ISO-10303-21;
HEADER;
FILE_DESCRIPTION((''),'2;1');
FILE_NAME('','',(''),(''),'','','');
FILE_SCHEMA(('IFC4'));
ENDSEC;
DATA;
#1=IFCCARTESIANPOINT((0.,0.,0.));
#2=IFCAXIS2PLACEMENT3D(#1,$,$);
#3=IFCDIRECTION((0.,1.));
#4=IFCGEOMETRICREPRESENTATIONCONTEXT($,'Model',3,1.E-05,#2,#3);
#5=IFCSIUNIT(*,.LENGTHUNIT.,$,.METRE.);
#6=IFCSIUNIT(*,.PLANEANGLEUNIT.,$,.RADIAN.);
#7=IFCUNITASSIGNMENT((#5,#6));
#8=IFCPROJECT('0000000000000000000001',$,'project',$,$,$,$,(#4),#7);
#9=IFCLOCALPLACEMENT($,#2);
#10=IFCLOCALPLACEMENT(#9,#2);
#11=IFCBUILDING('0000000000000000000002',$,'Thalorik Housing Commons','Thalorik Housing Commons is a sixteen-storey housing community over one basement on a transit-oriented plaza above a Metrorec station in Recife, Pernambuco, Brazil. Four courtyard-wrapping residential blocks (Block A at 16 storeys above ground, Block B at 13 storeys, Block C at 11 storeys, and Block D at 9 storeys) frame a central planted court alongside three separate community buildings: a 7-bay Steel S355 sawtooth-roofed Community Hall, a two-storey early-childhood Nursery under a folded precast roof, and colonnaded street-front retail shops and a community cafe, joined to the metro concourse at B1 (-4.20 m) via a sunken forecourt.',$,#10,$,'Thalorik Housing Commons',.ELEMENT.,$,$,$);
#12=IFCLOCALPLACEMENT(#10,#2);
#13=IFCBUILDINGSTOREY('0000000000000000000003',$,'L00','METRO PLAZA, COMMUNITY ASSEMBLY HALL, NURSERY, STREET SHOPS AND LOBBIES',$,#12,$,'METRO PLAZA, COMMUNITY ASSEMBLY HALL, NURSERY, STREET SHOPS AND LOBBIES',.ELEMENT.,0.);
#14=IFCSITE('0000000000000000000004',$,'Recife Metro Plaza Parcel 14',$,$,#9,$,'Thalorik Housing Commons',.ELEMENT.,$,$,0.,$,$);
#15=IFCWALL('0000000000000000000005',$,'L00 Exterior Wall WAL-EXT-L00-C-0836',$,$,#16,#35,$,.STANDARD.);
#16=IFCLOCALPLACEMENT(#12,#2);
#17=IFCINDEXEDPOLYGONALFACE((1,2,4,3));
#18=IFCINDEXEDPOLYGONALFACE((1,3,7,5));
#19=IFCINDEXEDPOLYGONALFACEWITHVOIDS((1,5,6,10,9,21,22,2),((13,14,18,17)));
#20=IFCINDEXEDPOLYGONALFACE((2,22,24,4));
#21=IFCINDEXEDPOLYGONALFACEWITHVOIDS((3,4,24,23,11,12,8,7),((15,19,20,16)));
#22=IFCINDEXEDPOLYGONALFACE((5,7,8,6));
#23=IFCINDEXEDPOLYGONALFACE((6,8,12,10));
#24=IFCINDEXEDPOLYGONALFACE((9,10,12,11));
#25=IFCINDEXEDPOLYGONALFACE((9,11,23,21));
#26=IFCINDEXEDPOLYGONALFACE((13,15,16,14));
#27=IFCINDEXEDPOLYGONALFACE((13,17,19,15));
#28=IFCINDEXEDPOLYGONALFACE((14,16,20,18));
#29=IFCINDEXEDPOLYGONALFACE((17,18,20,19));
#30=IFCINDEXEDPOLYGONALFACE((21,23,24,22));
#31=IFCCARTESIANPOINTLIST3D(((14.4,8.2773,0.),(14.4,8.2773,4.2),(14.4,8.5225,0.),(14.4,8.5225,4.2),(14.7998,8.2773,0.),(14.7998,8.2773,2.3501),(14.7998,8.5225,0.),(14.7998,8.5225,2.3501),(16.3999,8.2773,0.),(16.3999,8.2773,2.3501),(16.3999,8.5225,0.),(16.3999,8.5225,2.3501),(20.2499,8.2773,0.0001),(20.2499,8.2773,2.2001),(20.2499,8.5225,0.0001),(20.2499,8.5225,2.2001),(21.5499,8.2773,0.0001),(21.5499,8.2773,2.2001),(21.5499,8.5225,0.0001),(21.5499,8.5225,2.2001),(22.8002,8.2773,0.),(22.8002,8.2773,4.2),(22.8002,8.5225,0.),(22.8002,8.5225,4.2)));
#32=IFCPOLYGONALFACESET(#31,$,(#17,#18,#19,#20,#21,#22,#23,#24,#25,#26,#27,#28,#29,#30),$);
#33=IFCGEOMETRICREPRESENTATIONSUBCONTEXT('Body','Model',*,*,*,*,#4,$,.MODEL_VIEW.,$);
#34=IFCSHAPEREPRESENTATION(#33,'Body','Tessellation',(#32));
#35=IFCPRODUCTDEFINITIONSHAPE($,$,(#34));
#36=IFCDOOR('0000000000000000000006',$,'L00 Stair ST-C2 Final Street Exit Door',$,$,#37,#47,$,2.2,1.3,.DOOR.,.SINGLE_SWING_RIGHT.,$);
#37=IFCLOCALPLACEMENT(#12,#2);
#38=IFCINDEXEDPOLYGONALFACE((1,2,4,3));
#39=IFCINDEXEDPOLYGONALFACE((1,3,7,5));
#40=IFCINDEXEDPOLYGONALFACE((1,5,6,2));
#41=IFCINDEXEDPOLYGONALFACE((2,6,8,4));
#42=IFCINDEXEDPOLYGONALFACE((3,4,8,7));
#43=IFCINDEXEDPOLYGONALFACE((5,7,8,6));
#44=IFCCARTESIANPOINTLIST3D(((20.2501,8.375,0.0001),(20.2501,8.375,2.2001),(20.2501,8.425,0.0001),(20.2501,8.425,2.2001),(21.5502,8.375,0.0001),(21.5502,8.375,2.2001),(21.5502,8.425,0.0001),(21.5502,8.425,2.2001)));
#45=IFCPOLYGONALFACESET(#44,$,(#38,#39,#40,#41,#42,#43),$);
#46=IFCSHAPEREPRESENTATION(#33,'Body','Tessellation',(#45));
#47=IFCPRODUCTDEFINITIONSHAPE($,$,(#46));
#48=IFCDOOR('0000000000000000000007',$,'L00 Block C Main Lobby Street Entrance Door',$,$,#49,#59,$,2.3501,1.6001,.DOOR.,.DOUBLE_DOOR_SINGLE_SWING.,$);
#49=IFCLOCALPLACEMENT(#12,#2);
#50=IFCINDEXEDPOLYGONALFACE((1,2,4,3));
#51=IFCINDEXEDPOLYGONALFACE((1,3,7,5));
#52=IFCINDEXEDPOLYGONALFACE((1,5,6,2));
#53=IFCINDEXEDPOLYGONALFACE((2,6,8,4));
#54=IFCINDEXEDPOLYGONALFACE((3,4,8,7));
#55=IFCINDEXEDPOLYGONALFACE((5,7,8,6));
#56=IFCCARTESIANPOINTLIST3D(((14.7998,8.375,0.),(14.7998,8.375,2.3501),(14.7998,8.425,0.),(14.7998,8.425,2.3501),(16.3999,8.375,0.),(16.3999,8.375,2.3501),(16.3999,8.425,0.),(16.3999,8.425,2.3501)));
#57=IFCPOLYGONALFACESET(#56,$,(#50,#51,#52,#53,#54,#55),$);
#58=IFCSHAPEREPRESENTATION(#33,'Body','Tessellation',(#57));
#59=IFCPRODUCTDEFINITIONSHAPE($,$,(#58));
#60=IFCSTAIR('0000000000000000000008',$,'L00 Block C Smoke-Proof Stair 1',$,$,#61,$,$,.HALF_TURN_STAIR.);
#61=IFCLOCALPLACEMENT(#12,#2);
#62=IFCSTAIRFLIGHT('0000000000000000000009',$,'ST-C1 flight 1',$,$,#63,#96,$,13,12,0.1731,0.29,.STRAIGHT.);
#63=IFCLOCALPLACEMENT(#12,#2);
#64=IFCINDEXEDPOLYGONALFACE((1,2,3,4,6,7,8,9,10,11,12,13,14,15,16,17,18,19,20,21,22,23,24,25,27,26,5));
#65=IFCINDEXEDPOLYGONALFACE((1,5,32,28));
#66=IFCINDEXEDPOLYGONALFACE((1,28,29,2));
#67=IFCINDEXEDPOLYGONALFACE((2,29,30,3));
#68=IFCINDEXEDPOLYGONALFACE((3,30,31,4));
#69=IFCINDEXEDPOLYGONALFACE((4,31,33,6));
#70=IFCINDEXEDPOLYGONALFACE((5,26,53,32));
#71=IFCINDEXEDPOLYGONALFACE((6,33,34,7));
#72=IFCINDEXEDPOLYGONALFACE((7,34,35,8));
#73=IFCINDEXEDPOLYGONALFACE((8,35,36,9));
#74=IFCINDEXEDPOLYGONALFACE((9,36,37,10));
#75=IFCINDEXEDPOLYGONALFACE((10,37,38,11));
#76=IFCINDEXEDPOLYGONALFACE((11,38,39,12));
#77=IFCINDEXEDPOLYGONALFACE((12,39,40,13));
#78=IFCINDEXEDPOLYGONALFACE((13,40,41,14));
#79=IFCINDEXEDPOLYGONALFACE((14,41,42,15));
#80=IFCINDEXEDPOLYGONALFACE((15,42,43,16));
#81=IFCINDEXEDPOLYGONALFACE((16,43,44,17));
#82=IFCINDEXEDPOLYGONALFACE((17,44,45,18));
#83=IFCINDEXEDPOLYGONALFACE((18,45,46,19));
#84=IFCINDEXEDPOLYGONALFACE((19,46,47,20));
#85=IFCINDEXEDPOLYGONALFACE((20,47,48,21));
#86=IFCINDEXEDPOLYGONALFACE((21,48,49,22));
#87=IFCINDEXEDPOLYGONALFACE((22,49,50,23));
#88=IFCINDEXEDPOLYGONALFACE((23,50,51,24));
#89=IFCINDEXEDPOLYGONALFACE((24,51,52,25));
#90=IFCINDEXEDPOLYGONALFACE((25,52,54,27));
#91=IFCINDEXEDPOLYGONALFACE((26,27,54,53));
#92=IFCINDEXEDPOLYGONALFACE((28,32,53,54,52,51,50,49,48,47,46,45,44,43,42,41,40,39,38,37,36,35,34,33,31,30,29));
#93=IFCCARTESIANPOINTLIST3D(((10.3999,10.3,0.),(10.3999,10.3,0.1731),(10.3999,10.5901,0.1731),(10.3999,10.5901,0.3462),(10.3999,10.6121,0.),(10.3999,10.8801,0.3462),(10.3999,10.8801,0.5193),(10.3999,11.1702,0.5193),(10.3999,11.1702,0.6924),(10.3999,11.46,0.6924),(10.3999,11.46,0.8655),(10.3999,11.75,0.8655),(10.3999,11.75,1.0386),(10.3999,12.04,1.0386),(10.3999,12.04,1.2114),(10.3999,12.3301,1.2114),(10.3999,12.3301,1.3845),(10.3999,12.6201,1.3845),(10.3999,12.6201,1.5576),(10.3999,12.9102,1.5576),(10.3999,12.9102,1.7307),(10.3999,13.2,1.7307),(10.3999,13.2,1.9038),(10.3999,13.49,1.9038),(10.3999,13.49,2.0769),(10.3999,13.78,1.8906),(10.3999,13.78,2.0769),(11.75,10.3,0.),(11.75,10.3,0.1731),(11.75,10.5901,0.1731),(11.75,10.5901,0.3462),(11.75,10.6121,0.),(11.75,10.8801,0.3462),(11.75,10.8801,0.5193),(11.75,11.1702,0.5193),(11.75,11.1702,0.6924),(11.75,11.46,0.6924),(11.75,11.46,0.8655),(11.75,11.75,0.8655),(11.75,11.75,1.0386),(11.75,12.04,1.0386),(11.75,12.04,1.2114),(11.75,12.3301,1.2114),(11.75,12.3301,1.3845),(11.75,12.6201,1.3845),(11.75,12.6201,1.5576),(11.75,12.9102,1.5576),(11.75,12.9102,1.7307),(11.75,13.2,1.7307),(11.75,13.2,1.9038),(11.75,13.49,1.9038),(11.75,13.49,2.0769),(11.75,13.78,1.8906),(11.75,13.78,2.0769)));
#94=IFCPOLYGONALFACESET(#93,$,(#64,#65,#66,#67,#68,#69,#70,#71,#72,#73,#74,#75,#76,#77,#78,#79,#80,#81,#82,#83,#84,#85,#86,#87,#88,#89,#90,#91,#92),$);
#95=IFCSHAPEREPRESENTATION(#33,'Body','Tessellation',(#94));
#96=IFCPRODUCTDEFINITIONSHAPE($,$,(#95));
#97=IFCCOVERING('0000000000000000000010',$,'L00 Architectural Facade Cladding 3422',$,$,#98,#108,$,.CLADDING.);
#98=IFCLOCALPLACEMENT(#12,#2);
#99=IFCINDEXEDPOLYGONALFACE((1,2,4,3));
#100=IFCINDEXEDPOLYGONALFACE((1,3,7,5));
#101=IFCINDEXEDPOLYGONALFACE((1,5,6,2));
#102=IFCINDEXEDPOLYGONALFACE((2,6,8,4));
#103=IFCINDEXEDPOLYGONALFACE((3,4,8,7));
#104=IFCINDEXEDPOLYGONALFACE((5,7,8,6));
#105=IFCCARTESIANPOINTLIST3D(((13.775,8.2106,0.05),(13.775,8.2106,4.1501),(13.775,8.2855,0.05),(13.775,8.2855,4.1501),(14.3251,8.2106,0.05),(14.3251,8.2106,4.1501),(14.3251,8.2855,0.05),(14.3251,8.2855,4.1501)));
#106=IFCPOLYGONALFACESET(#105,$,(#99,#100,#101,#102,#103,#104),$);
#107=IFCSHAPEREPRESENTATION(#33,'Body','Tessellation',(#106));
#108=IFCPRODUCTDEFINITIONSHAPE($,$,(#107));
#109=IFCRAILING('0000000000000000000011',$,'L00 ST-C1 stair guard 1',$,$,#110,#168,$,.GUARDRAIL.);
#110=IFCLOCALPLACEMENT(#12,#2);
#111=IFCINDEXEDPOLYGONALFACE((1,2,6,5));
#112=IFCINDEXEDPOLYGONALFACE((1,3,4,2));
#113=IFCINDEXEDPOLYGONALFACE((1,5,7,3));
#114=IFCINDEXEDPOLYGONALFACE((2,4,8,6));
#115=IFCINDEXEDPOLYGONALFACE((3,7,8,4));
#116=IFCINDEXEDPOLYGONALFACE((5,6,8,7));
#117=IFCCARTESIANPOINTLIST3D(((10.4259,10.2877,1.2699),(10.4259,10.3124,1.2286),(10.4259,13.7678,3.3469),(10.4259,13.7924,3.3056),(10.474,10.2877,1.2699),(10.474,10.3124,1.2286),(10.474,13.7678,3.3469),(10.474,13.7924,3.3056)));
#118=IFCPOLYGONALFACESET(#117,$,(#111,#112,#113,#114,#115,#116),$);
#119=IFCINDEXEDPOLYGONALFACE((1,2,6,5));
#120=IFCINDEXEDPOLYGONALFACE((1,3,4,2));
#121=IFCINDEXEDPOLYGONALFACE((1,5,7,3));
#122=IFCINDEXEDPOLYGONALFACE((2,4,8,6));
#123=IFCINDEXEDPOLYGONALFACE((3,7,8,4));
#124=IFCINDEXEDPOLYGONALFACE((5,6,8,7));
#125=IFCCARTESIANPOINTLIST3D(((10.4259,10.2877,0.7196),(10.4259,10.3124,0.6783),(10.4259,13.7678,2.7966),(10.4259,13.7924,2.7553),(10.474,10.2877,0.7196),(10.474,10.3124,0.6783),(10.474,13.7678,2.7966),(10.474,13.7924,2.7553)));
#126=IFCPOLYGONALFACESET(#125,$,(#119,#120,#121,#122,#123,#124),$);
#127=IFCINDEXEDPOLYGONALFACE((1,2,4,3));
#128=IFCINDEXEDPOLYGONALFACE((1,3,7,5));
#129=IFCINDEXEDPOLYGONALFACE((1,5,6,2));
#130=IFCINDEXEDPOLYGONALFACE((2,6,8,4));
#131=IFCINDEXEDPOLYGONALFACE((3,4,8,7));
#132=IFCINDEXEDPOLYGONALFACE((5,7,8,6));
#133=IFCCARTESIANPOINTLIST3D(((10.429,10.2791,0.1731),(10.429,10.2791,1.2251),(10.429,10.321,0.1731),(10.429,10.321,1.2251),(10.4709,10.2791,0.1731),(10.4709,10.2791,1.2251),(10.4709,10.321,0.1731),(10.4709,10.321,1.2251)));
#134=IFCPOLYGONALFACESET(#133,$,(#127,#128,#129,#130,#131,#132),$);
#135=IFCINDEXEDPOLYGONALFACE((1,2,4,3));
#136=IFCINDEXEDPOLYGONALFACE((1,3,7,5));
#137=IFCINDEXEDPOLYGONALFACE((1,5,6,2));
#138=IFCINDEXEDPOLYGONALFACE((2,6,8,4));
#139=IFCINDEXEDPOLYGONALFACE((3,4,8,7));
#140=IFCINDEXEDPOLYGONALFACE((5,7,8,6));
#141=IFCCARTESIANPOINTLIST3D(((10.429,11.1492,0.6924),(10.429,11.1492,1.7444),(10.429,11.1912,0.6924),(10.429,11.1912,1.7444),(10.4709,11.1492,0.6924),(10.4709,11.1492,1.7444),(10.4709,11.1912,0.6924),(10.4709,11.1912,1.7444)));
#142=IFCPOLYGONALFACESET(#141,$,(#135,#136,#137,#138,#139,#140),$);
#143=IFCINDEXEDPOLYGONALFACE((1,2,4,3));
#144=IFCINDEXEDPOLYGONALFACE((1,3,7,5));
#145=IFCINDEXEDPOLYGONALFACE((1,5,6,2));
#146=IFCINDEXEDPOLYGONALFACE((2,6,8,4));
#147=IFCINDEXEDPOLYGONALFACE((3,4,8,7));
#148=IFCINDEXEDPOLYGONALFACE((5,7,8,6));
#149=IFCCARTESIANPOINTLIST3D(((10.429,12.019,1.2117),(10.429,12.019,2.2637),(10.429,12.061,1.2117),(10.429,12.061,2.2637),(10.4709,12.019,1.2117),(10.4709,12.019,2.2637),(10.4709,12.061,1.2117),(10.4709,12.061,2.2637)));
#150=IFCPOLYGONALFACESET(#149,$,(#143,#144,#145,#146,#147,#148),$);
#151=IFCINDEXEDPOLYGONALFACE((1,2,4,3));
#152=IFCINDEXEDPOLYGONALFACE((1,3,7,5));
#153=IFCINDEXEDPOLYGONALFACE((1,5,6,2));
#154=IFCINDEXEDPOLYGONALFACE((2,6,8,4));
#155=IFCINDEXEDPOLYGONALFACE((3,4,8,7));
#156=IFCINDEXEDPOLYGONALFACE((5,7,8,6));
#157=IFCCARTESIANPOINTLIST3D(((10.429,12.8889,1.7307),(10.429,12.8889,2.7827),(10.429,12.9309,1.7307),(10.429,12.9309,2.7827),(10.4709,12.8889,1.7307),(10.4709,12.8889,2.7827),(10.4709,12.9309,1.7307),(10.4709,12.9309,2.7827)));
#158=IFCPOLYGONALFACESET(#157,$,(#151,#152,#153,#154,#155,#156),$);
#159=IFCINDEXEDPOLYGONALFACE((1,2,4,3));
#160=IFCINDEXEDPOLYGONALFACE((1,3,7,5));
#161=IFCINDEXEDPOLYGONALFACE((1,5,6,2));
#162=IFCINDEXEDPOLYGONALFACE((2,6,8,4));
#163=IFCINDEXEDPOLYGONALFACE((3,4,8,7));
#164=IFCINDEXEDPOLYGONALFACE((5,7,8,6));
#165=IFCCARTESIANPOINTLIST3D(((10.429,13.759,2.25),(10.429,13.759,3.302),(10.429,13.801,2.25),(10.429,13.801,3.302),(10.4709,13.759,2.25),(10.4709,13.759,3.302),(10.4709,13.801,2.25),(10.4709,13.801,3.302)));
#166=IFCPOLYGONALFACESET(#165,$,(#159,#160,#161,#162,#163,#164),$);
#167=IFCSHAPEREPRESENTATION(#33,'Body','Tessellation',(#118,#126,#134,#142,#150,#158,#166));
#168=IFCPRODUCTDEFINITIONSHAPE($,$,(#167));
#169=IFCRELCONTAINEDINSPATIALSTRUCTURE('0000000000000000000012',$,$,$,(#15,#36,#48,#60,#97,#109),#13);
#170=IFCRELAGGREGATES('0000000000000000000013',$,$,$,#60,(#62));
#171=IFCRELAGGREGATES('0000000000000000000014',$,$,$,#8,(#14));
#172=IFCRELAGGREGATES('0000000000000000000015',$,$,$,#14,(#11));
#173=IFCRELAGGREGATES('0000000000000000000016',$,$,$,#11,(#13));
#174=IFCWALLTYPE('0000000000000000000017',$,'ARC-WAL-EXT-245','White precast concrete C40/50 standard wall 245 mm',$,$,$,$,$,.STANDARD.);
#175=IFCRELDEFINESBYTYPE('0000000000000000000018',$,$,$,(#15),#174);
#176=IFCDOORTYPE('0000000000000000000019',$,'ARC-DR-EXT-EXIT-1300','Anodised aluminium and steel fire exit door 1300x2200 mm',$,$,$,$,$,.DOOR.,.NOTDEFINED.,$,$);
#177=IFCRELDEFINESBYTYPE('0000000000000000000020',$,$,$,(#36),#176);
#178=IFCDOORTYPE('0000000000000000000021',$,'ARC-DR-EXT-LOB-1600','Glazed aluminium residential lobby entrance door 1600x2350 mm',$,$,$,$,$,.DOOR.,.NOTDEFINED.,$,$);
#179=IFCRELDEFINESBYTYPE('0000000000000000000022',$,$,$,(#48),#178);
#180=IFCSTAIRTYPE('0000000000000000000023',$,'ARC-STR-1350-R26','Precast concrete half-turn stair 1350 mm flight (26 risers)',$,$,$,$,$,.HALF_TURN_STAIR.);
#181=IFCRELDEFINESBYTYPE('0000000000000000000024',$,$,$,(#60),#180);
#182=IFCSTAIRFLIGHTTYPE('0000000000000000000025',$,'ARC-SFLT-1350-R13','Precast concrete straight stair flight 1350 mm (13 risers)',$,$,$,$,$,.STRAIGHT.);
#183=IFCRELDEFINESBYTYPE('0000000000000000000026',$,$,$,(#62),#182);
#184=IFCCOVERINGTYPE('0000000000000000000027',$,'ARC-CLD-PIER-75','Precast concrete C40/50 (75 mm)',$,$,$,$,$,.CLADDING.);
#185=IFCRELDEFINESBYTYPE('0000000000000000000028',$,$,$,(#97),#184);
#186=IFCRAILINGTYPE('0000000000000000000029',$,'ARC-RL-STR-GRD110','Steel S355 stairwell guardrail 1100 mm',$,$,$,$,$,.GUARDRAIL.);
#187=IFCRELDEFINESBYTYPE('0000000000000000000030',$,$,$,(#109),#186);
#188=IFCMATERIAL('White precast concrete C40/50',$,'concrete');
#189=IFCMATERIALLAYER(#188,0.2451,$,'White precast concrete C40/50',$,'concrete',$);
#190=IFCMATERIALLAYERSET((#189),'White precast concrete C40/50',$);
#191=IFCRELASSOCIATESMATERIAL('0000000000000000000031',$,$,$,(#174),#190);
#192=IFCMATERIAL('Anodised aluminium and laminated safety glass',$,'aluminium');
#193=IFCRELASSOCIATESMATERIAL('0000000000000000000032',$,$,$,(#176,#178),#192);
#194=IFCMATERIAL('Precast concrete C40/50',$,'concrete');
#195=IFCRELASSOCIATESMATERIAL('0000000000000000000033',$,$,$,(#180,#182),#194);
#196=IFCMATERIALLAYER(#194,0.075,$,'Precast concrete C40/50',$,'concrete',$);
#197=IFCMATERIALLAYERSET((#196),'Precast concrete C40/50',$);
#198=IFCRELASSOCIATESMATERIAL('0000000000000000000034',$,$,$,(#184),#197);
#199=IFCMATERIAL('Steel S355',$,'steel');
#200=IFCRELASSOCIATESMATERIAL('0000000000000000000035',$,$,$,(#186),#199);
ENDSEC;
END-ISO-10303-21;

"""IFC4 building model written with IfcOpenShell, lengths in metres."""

from ifc_helpers import new_model, si_unit, direction, frame, frame_2d, origin, origin_2d, place, context, subcontext, project, spatial, polyline, rectangle, outline, extrude, material, layer, layer_set, type_object, element, fill, aggregate, save


model = new_model("IFC4")

# Units and contexts
model_context = context("Model", 3, precision=1e-05, world=origin(), true_north=direction((0.0, 1.0)))
body_context = subcontext(model_context, "Body", "Model", "MODEL_VIEW")
ifc_project = project(units=[si_unit("LENGTHUNIT", "METRE"), si_unit("PLANEANGLEUNIT", "RADIAN")], contexts=[model_context])

# Site, building, storey
site_placement = place(None, origin())
site = spatial("IfcSite", under=ifc_project, at=site_placement, Name="Recife Metro Plaza Parcel 14", LongName="Thalorik Housing Commons", CompositionType="ELEMENT", RefElevation=0.0)
building_placement = place(site_placement, origin())
building = spatial("IfcBuilding", under=site, at=building_placement, Name="Thalorik Housing Commons", Description="Thalorik Housing Commons is a sixteen-storey housing community over one basement on a transit-oriented plaza above a Metrorec station in Recife, Pernambuco, Brazil. Four courtyard-wrapping residential blocks (Block A at 16 storeys above ground, Block B at 13 storeys, Block C at 11 storeys, and Block D at 9 storeys) frame a central planted court alongside three separate community buildings: a 7-bay Steel S355 sawtooth-roofed Community Hall, a two-storey early-childhood Nursery under a folded precast roof, and colonnaded street-front retail shops and a community cafe, joined to the metro concourse at B1 (-4.20 m) via a sunken forecourt.", LongName="Thalorik Housing Commons", CompositionType="ELEMENT")
storey_placement = place(building_placement, origin())
storey = spatial("IfcBuildingStorey", under=building, at=storey_placement, Name="L00", Description="METRO PLAZA, COMMUNITY ASSEMBLY HALL, NURSERY, STREET SHOPS AND LOBBIES", LongName="METRO PLAZA, COMMUNITY ASSEMBLY HALL, NURSERY, STREET SHOPS AND LOBBIES", CompositionType="ELEMENT", Elevation=0.0)

# Shared definitions
ifc_material_1 = material(Name="Precast concrete C40/50", Category="concrete")

# Shared definitions
ifc_material_2 = material(Name="Steel S355", Category="steel")

# Shared definitions
ifc_material_3 = material(Name="White precast concrete C40/50", Category="concrete")
ifc_layer_1 = layer(ifc_material_3, 0.2451, Name="White precast concrete C40/50", Category="concrete")
ifc_layer_set_1 = layer_set([ifc_layer_1], Name="White precast concrete C40/50")
wall_type_1 = type_object("IfcWallType", Name="ARC-WAL-EXT-245", Description="White precast concrete C40/50 standard wall 245 mm", PredefinedType="STANDARD", material=ifc_layer_set_1)
ifc_material_4 = material(Name="Anodised aluminium and laminated safety glass", Category="aluminium")

# Wall, openings, doors
wall_1_placement = place(storey_placement, frame((14.3999, 8.3999, 0.0), z_axis=(0.0, 0.0, 1.0), x_axis=(1.0, 0.0, 0.0)))
wall_1 = element("IfcWall", 1, at=wall_1_placement, inside=storey, type_object=wall_type_1, Name="L00 Exterior Wall WAL-EXT-L00-C-0836", PredefinedType="STANDARD", context=body_context, shape_type="SweptSolid", body=[
    extrude(rectangle(XDim=8.4001, YDim=0.2451, at=frame_2d((4.2002, 0.0))), origin(), (0.0, 0.0, 1.0), 4.2),
])
opening_1_placement = place(wall_1_placement, frame((0.3999, 0.0, 0.0)))
opening_1 = element("IfcOpeningElement", 2, at=opening_1_placement, cuts=wall_1, PredefinedType="OPENING", context=body_context, shape_type="SweptSolid", body=[
    extrude(rectangle(XDim=1.6001, YDim=2.3501, at=frame_2d((0.8, 1.175))), frame((0.0, 0.1326, 0.0), z_axis=(0.0, -1.0, 0.0), x_axis=(1.0, 0.0, 0.0)), (0.0, 0.0, 1.0), 0.2651),
])
opening_2_placement = place(wall_1_placement, frame((5.8501, 0.0, 0.0)))
opening_2 = element("IfcOpeningElement", 3, at=opening_2_placement, cuts=wall_1, PredefinedType="OPENING", context=body_context, shape_type="SweptSolid", body=[
    extrude(rectangle(XDim=1.3, YDim=2.2, at=frame_2d((0.6499, 1.1001))), frame((0.0, 0.1326, 0.0), z_axis=(0.0, -1.0, 0.0), x_axis=(1.0, 0.0, 0.0)), (0.0, 0.0, 1.0), 0.2651),
])
door_type_1 = type_object("IfcDoorType", Name="ARC-DR-EXT-EXIT-1300", Description="Anodised aluminium and steel fire exit door 1300x2200 mm", OperationType="NOTDEFINED", PredefinedType="DOOR", material=ifc_material_4)
door_1_placement = place(opening_2_placement, frame((1.3, 0.0, 0.0), z_axis=(0.0, 0.0, 1.0), x_axis=(-1.0, 0.0, 0.0)))
door_1 = element("IfcDoor", 4, at=door_1_placement, inside=storey, type_object=door_type_1, Name="L00 Stair ST-C2 Final Street Exit Door", OperationType="SINGLE_SWING_RIGHT", OverallHeight=2.2, OverallWidth=1.3, PredefinedType="DOOR", context=body_context, shape_type="SweptSolid", body=[
    extrude(rectangle(XDim=1.3, YDim=2.2, at=frame_2d((0.6499, 1.1001))), frame((0.0, 0.0249, 0.0), z_axis=(0.0, -1.0, 0.0), x_axis=(1.0, 0.0, 0.0)), (0.0, 0.0, 1.0), 0.05),
])
fill(opening_2, door_1)
door_type_2 = type_object("IfcDoorType", Name="ARC-DR-EXT-LOB-1600", Description="Glazed aluminium residential lobby entrance door 1600x2350 mm", OperationType="NOTDEFINED", PredefinedType="DOOR", material=ifc_material_4)
door_2_placement = place(opening_1_placement, frame((1.6001, 0.0, 0.0), z_axis=(0.0, 0.0, 1.0), x_axis=(-1.0, 0.0, 0.0)))
door_2 = element("IfcDoor", 5, at=door_2_placement, inside=storey, type_object=door_type_2, Name="L00 Block C Main Lobby Street Entrance Door", OperationType="DOUBLE_DOOR_SINGLE_SWING", OverallHeight=2.3501, OverallWidth=1.6001, PredefinedType="DOOR", context=body_context, shape_type="SweptSolid", body=[
    extrude(rectangle(XDim=1.6001, YDim=2.3501, at=frame_2d((0.8, 1.175))), frame((0.0, 0.0249, 0.0), z_axis=(0.0, -1.0, 0.0), x_axis=(1.0, 0.0, 0.0)), (0.0, 0.0, 1.0), 0.05),
])
fill(opening_1, door_2)

# Stair, stair flight
stair_type = type_object("IfcStairType", Name="ARC-STR-1350-R26", Description="Precast concrete half-turn stair 1350 mm flight (26 risers)", PredefinedType="HALF_TURN_STAIR", material=ifc_material_1)
stair_placement = place(storey_placement, origin())
stair = element("IfcStair", 6, at=stair_placement, inside=storey, type_object=stair_type, Name="L00 Block C Smoke-Proof Stair 1", PredefinedType="HALF_TURN_STAIR")
stair_flight_type = type_object("IfcStairFlightType", Name="ARC-SFLT-1350-R13", Description="Precast concrete straight stair flight 1350 mm (13 risers)", PredefinedType="STRAIGHT", material=ifc_material_1)
stair_flight_placement = place(storey_placement, frame((11.075, 10.3, 0.0), z_axis=(0.0, 0.0, 1.0), x_axis=(0.0, 1.0, 0.0)))
stair_flight = element("IfcStairFlight", 7, at=stair_flight_placement, type_object=stair_flight_type, Name="ST-C1 flight 1", NumberOfRisers=13, NumberOfTreads=12, PredefinedType="STRAIGHT", RiserHeight=0.1731, TreadLength=0.29, context=body_context, shape_type="SweptSolid", body=[
    extrude(outline(polyline([(0.0, 0.0), (0.0, 0.1731), (0.29, 0.1731), (0.29, 0.3462), (0.5801, 0.3462), (0.5801, 0.5193), (0.8701, 0.5193), (0.8701, 0.6924), (1.1599, 0.6924), (1.1599, 0.8655), (1.45, 0.8655), (1.45, 1.0386), (1.74, 1.0386), (1.74, 1.2114), (2.03, 1.2114), (2.03, 1.3845), (2.3201, 1.3845), (2.3201, 1.5576), (2.6101, 1.5576), (2.6101, 1.7307), (2.8999, 1.7307), (2.8999, 1.9038), (3.1899, 1.9038), (3.1899, 2.0769), (3.48, 2.0769), (3.48, 2.25), (3.48, 1.8906), (0.312, 0.0), (0.0, 0.0)])), frame((0.0, 0.675, 0.0), z_axis=(0.0, -1.0, 0.0), x_axis=(1.0, 0.0, 0.0)), (0.0, 0.0, 1.0), 1.3501),
])
aggregate(stair, [stair_flight])

# Covering
ifc_layer_2 = layer(ifc_material_1, 0.075, Name="Precast concrete C40/50", Category="concrete")
ifc_layer_set_2 = layer_set([ifc_layer_2], Name="Precast concrete C40/50")
covering_type = type_object("IfcCoveringType", Name="ARC-CLD-PIER-75", Description="Precast concrete C40/50 (75 mm)", PredefinedType="CLADDING", material=ifc_layer_set_2)
covering_placement = place(storey_placement, frame((14.05, 8.248, 0.05), z_axis=(0.0, 0.0, 1.0), x_axis=(1.0, 0.0, 0.0)))
element("IfcCovering", 8, at=covering_placement, inside=storey, type_object=covering_type, Name="L00 Architectural Facade Cladding 3422", PredefinedType="CLADDING", context=body_context, shape_type="SweptSolid", body=[
    extrude(rectangle(XDim=0.55, YDim=0.075, at=origin_2d()), origin(), (0.0, 0.0, 1.0), 4.1001),
])

# Railing
railing_type_1 = type_object("IfcRailingType", Name="ARC-RL-STR-GRD110", Description="Steel S355 stairwell guardrail 1100 mm", PredefinedType="GUARDRAIL", material=ifc_material_2)
railing_1_placement = place(storey_placement, frame((10.45, 10.3, 0.1731)))
element("IfcRailing", 9, at=railing_1_placement, inside=storey, type_object=railing_type_1, Name="L00 ST-C1 stair guard 1", PredefinedType="GUARDRAIL", context=body_context, shape_type="SweptSolid", body=[
    extrude(rectangle(XDim=0.0481, YDim=0.0481, at=origin_2d()), frame((0.0, 0.0, 1.0762), z_axis=(0.0, 0.858697, 0.512483), x_axis=(-1.0, 0.0, 0.0)), (0.0, 0.0, 1.0), 4.0527),
    extrude(rectangle(XDim=0.0481, YDim=0.0481, at=origin_2d()), frame((0.0, 0.0, 0.5259), z_axis=(0.0, 0.858697, 0.512483), x_axis=(-1.0, 0.0, 0.0)), (0.0, 0.0, 1.0), 4.0527),
    extrude(rectangle(XDim=0.042, YDim=0.042, at=origin_2d()), origin(), (0.0, 0.0, 1.0), 1.052),
    extrude(rectangle(XDim=0.042, YDim=0.042, at=origin_2d()), frame((0.0, 0.8701, 0.5193)), (0.0, 0.0, 1.0), 1.052),
    extrude(rectangle(XDim=0.042, YDim=0.042, at=origin_2d()), frame((0.0, 1.74, 1.0386)), (0.0, 0.0, 1.0), 1.052),
    extrude(rectangle(XDim=0.042, YDim=0.042, at=origin_2d()), frame((0.0, 2.6099, 1.5576)), (0.0, 0.0, 1.0), 1.052),
    extrude(rectangle(XDim=0.042, YDim=0.042, at=origin_2d()), frame((0.0, 3.48, 2.0769)), (0.0, 0.0, 1.0), 1.052),
])

save(model, "model.ifc")
